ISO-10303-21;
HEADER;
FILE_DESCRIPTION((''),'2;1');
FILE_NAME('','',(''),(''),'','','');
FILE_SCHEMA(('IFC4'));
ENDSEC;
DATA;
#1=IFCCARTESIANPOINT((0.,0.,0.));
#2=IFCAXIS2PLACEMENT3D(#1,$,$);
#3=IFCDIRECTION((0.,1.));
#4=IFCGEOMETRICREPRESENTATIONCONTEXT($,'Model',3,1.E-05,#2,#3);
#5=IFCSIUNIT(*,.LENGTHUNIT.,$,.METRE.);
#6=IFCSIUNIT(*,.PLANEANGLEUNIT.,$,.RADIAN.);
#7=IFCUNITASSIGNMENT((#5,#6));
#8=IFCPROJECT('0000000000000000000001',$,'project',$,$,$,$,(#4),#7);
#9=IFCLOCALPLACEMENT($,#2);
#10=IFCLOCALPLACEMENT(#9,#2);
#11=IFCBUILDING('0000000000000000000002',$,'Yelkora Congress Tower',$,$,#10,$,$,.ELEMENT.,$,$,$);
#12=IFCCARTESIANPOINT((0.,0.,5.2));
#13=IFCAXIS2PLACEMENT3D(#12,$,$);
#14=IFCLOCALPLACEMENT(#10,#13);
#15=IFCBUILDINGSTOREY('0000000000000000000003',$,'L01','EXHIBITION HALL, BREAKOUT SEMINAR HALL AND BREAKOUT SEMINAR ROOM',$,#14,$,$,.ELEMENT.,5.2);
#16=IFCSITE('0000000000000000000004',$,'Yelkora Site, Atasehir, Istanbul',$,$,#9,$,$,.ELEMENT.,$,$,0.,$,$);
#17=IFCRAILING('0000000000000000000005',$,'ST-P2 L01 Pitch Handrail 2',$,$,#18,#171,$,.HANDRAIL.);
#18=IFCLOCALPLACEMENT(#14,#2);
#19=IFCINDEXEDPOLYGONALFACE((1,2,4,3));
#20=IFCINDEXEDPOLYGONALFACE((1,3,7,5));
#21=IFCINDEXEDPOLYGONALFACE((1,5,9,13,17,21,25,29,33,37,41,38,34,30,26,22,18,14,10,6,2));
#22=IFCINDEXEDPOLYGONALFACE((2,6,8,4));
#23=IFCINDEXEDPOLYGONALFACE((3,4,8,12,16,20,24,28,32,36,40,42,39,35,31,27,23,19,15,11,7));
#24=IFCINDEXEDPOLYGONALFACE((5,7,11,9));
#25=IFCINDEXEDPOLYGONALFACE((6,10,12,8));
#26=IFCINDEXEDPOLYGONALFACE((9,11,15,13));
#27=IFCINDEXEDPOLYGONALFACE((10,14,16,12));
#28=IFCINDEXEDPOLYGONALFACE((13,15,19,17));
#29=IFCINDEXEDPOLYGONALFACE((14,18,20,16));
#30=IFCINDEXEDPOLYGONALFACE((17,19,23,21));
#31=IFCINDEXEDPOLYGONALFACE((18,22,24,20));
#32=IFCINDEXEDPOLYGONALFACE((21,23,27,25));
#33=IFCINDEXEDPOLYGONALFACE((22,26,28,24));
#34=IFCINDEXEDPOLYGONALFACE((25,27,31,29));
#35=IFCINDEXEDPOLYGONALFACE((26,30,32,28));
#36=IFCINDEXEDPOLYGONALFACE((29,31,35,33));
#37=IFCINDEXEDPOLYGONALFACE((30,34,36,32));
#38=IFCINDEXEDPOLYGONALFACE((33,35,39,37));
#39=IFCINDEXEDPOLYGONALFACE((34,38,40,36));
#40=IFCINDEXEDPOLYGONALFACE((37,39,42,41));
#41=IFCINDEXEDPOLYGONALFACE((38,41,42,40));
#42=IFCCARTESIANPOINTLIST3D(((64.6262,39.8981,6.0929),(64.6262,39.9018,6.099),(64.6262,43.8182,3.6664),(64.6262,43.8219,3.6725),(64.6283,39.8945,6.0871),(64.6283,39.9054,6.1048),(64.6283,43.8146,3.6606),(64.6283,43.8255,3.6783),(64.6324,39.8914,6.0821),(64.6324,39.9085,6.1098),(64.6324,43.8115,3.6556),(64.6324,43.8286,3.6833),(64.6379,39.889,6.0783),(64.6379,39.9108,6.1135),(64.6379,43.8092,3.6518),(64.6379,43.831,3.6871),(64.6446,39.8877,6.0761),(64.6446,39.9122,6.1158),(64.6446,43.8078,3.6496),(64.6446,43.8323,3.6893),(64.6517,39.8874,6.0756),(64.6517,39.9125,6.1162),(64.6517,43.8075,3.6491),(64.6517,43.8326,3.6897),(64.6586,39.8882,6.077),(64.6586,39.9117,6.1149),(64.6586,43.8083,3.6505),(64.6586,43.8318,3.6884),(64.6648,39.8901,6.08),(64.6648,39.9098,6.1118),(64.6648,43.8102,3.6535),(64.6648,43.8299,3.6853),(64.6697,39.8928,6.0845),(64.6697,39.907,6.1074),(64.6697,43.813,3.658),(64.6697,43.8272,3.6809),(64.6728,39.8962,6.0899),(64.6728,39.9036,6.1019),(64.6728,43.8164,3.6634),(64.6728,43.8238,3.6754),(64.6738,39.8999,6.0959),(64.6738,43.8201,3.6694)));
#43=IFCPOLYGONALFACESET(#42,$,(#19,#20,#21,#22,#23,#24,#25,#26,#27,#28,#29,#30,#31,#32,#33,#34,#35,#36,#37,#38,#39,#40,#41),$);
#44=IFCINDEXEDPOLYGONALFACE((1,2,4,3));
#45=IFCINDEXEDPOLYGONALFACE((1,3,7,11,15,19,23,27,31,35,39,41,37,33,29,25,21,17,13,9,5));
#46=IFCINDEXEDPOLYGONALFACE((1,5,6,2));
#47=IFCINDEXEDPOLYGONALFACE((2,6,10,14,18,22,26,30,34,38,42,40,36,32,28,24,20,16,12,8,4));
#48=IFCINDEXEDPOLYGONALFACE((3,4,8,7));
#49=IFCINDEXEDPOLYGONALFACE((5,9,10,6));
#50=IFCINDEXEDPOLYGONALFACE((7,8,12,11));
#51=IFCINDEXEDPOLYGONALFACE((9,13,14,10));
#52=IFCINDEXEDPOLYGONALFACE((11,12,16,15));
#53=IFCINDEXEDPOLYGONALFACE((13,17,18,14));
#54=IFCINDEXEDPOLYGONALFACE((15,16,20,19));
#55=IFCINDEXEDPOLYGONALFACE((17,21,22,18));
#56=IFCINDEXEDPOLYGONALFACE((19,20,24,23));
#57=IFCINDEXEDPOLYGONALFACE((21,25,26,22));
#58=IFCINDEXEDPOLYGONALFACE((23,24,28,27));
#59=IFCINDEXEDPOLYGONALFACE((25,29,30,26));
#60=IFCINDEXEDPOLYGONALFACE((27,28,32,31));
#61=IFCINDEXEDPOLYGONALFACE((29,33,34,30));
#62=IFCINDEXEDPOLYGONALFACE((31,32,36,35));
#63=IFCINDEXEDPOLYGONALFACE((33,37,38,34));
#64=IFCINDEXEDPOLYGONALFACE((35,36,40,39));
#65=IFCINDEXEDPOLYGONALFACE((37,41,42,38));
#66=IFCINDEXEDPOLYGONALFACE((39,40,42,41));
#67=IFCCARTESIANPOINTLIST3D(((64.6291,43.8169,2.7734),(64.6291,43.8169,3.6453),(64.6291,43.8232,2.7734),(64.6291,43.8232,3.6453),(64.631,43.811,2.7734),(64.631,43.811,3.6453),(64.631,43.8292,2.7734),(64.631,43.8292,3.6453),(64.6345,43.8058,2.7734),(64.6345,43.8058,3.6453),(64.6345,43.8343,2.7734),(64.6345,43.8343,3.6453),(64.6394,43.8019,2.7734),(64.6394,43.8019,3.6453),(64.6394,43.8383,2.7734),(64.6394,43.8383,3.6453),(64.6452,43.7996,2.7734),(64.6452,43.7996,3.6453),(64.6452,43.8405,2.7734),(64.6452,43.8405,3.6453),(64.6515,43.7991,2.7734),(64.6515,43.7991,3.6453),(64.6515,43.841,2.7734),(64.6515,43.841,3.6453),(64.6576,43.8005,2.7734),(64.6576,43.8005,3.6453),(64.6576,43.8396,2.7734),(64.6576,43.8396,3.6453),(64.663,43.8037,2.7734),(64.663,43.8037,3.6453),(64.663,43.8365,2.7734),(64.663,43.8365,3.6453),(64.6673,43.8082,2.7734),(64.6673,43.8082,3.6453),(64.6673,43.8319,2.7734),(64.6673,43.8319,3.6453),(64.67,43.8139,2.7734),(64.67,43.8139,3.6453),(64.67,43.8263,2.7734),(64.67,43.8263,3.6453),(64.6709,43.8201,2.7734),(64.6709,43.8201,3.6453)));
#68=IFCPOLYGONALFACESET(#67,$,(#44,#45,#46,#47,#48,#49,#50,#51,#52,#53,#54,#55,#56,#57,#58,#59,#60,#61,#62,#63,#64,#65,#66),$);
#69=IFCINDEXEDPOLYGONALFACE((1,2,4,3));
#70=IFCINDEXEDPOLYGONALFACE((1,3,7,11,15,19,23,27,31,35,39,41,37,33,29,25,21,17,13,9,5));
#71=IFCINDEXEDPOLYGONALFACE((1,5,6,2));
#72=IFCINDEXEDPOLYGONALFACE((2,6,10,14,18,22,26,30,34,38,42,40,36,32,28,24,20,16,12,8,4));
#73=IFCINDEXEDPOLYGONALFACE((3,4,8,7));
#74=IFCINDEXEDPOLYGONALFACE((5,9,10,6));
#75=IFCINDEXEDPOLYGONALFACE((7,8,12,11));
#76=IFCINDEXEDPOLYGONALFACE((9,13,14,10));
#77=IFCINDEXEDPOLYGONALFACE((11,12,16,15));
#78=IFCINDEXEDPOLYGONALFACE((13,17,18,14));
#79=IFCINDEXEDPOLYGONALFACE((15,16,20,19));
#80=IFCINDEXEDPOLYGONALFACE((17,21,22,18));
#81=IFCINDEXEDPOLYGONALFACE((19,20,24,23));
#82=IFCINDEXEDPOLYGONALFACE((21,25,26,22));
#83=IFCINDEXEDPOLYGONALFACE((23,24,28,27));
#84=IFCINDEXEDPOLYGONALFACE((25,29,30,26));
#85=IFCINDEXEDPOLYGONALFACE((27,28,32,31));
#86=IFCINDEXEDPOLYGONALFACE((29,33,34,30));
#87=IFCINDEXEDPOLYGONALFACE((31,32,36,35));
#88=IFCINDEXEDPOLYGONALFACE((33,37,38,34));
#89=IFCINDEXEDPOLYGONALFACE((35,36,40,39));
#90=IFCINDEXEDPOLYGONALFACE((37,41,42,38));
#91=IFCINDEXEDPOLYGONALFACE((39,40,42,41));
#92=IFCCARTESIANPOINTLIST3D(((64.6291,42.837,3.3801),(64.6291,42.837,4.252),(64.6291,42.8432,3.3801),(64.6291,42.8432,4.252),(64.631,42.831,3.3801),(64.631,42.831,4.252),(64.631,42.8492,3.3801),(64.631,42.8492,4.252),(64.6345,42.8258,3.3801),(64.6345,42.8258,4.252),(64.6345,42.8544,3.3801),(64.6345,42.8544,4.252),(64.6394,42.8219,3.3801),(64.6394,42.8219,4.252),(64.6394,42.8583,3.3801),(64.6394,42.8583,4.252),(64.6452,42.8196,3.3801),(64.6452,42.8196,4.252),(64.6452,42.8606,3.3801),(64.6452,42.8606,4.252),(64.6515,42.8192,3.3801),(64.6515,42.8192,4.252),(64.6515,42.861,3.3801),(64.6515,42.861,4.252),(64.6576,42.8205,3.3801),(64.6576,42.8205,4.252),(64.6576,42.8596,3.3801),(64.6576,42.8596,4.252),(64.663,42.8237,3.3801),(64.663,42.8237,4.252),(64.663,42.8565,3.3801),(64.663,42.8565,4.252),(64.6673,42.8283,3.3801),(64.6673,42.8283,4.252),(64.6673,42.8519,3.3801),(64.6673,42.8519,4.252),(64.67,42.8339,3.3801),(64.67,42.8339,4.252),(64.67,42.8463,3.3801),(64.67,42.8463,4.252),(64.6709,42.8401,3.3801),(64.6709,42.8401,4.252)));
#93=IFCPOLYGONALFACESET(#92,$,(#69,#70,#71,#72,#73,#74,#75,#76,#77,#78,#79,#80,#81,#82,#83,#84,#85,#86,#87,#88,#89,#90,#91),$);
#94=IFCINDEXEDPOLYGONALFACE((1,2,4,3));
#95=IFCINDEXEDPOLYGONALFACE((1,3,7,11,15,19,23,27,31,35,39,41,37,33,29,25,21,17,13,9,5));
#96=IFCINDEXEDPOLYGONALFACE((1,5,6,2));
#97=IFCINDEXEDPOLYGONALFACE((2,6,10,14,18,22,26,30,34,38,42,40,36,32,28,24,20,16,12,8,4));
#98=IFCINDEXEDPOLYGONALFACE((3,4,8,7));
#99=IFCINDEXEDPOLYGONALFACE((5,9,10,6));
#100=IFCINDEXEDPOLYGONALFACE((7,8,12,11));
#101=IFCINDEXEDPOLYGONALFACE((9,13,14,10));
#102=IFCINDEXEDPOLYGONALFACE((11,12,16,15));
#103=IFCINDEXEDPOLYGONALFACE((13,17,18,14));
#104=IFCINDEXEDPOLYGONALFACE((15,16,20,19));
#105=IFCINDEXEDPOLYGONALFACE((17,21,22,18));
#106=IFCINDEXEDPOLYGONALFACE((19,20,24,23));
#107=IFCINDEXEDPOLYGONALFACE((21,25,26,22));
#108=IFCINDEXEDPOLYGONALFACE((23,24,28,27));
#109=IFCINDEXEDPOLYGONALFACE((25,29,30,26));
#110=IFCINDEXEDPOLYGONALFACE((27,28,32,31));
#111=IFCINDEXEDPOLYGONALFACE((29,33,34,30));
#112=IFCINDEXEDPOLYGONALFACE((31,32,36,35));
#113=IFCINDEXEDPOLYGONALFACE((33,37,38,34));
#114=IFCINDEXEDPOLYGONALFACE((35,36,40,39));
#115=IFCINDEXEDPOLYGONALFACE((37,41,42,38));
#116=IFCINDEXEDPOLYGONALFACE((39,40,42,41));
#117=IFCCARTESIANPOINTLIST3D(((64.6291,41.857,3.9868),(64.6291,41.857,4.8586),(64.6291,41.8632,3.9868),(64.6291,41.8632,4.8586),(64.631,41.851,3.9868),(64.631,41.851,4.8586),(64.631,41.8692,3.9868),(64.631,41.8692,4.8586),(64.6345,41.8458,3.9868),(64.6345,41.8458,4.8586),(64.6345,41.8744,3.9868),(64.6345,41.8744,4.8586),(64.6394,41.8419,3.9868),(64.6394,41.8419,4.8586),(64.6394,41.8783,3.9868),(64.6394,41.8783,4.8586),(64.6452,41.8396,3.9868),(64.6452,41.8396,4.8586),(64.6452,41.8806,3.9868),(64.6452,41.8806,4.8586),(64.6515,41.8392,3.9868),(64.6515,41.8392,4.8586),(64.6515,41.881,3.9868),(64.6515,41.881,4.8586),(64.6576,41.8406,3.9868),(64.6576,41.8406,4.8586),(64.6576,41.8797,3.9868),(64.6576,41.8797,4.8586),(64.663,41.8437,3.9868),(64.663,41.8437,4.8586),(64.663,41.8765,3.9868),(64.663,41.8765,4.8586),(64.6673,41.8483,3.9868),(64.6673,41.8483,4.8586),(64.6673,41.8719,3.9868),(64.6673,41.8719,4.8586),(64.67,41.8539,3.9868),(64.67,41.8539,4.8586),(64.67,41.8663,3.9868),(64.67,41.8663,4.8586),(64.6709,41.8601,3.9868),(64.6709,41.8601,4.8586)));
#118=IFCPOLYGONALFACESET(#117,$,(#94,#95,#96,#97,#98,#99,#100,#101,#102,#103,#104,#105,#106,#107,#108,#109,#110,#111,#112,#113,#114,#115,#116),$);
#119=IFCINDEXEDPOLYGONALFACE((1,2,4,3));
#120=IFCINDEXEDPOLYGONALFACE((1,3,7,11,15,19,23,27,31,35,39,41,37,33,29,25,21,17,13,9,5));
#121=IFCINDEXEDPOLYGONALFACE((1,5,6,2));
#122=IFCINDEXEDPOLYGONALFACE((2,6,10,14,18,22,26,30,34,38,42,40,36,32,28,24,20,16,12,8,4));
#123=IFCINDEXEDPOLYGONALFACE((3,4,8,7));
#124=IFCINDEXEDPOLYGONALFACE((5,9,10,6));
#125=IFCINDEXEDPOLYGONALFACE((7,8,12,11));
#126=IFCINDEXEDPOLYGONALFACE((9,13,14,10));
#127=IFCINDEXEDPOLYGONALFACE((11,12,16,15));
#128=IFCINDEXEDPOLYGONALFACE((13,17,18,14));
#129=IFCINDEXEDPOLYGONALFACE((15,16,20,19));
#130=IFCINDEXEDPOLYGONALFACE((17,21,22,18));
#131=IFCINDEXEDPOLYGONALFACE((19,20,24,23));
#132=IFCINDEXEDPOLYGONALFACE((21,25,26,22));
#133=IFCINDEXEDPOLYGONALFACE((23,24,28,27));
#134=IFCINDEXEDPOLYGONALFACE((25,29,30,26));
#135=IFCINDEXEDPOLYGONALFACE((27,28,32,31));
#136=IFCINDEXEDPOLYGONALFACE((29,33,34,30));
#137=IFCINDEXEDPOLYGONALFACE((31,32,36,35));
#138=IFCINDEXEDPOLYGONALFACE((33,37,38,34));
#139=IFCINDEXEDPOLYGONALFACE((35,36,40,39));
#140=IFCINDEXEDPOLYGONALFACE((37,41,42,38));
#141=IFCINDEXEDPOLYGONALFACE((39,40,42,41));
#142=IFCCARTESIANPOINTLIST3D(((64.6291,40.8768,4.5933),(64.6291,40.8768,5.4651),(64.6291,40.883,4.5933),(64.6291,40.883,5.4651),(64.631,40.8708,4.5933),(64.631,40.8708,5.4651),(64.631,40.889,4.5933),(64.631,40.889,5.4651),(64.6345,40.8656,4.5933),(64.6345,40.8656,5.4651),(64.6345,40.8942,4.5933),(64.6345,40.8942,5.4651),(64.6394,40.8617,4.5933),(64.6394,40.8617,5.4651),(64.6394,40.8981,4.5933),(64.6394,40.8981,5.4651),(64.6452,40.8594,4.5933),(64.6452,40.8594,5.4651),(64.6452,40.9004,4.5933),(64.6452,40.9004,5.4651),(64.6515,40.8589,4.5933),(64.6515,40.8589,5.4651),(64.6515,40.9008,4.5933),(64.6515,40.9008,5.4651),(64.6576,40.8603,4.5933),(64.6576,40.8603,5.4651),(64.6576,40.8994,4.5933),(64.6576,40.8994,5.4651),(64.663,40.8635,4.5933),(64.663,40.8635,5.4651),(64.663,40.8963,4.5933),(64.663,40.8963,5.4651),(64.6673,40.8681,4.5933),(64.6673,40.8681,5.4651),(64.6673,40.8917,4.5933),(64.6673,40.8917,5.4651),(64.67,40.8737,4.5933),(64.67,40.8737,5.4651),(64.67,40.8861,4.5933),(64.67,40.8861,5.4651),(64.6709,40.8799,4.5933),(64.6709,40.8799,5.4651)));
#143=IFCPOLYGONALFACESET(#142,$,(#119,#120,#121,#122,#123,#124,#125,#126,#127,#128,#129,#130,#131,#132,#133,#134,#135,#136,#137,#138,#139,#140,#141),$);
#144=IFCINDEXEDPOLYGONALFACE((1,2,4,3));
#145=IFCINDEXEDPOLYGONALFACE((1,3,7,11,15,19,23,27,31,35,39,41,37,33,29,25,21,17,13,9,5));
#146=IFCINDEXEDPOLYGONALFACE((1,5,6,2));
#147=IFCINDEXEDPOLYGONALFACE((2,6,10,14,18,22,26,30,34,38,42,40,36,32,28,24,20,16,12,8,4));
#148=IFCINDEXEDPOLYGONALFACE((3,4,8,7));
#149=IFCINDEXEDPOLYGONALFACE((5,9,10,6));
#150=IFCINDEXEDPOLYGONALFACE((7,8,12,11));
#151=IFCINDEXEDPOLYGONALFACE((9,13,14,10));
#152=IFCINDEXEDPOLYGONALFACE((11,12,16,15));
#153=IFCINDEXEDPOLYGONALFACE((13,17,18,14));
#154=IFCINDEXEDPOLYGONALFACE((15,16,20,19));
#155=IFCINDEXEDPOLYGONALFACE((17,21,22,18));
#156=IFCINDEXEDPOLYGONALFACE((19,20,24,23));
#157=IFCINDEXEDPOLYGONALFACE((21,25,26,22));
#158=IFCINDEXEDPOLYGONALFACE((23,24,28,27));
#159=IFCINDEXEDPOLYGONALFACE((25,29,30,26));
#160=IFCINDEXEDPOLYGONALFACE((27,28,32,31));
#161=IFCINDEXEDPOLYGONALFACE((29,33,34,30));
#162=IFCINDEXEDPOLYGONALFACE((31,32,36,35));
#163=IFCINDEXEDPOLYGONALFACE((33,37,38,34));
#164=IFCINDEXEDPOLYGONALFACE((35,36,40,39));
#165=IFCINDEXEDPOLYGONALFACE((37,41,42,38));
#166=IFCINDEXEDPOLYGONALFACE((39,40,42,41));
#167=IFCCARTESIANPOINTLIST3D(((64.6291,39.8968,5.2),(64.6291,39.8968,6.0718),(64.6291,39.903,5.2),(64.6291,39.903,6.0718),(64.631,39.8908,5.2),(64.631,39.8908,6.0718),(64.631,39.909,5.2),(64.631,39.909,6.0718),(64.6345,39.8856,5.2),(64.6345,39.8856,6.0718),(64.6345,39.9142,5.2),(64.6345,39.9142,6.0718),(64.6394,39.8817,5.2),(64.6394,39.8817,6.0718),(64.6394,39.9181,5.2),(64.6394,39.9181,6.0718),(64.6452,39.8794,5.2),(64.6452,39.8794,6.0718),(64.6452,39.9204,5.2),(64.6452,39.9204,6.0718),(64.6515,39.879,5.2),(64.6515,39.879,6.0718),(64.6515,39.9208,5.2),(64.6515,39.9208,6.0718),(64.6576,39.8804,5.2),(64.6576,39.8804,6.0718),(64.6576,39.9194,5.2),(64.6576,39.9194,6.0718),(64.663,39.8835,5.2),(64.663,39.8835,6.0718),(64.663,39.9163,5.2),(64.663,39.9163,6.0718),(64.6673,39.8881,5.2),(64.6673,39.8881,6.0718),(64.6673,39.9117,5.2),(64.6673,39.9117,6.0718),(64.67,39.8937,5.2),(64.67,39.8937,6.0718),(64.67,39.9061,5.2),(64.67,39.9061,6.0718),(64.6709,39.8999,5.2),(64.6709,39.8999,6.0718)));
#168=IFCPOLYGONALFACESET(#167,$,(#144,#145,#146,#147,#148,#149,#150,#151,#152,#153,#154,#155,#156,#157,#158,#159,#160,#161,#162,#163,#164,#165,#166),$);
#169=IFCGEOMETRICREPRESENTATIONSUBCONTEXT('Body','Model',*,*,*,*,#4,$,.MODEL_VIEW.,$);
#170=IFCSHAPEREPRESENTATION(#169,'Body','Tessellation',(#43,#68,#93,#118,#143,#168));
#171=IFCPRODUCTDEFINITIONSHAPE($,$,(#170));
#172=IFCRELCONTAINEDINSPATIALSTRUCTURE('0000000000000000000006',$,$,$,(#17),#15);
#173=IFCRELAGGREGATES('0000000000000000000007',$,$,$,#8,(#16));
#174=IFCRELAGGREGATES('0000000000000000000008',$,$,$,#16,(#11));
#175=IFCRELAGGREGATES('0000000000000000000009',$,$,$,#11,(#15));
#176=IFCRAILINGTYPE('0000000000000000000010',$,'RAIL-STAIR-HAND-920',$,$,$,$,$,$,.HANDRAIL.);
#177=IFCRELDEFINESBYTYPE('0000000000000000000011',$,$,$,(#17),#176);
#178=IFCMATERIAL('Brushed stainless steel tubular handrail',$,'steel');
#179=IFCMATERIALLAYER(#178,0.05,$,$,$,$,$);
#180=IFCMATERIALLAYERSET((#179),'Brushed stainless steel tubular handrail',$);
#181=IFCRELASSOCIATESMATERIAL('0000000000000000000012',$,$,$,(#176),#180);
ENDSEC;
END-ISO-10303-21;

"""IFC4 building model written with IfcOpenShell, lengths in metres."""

from ifc_helpers import new_model, si_unit, direction, frame, origin, origin_2d, place, context, subcontext, project, spatial, circle, extrude, material, layer, layer_set, type_object, element, save


model = new_model("IFC4")

# Units and contexts
model_context = context("Model", 3, precision=1e-05, world=origin(), true_north=direction((0.0, 1.0)))
body_context = subcontext(model_context, "Body", "Model", "MODEL_VIEW")
ifc_project = project(units=[si_unit("LENGTHUNIT", "METRE"), si_unit("PLANEANGLEUNIT", "RADIAN")], contexts=[model_context])

# Site, building, storey
site_placement = place(None, origin())
site = spatial("IfcSite", under=ifc_project, at=site_placement, Name="Yelkora Site, Atasehir, Istanbul", CompositionType="ELEMENT", RefElevation=0.0)
building_placement = place(site_placement, origin())
building = spatial("IfcBuilding", under=site, at=building_placement, Name="Yelkora Congress Tower", CompositionType="ELEMENT")
storey_placement = place(building_placement, frame((0.0, 0.0, 5.2)))
storey = spatial("IfcBuildingStorey", under=building, at=storey_placement, Name="L01", Description="EXHIBITION HALL, BREAKOUT SEMINAR HALL AND BREAKOUT SEMINAR ROOM", CompositionType="ELEMENT", Elevation=5.2)

# Railing
ifc_material_1 = material(Name="Brushed stainless steel tubular handrail", Category="steel")
ifc_layer_1 = layer(ifc_material_1, 0.05)
ifc_layer_set_1 = layer_set([ifc_layer_1], Name="Brushed stainless steel tubular handrail")
railing_type_1 = type_object("IfcRailingType", Name="RAIL-STAIR-HAND-920", PredefinedType="HANDRAIL", material=ifc_layer_set_1)
railing_1_placement = place(storey_placement, frame((64.6499, 43.8201, 2.7734)))
element("IfcRailing", 1, at=railing_1_placement, inside=storey, type_object=railing_type_1, Name="ST-P2 L01 Pitch Handrail 2", PredefinedType="HANDRAIL", context=body_context, shape_type="SweptSolid", body=[
    extrude(circle(Radius=0.0239, at=origin_2d()), frame((0.0, 0.0, 0.896), z_axis=(0.0, -0.85029, 0.526315), x_axis=(1.0, 0.0, 0.0)), (0.0, 0.0, 1.0), 4.6104),
    extrude(circle(Radius=0.021, at=origin_2d()), origin(), (0.0, 0.0, 1.0), 0.8718),
    extrude(circle(Radius=0.021, at=origin_2d()), frame((0.0, -0.98, 0.6067)), (0.0, 0.0, 1.0), 0.8718),
    extrude(circle(Radius=0.021, at=origin_2d()), frame((0.0, -1.96, 1.2134)), (0.0, 0.0, 1.0), 0.8718),
    extrude(circle(Radius=0.021, at=origin_2d()), frame((0.0, -2.9402, 1.8198)), (0.0, 0.0, 1.0), 0.8718),
    extrude(circle(Radius=0.021, at=origin_2d()), frame((0.0, -3.9202, 2.4265)), (0.0, 0.0, 1.0), 0.8718),
])

save(model, "model.ifc")
